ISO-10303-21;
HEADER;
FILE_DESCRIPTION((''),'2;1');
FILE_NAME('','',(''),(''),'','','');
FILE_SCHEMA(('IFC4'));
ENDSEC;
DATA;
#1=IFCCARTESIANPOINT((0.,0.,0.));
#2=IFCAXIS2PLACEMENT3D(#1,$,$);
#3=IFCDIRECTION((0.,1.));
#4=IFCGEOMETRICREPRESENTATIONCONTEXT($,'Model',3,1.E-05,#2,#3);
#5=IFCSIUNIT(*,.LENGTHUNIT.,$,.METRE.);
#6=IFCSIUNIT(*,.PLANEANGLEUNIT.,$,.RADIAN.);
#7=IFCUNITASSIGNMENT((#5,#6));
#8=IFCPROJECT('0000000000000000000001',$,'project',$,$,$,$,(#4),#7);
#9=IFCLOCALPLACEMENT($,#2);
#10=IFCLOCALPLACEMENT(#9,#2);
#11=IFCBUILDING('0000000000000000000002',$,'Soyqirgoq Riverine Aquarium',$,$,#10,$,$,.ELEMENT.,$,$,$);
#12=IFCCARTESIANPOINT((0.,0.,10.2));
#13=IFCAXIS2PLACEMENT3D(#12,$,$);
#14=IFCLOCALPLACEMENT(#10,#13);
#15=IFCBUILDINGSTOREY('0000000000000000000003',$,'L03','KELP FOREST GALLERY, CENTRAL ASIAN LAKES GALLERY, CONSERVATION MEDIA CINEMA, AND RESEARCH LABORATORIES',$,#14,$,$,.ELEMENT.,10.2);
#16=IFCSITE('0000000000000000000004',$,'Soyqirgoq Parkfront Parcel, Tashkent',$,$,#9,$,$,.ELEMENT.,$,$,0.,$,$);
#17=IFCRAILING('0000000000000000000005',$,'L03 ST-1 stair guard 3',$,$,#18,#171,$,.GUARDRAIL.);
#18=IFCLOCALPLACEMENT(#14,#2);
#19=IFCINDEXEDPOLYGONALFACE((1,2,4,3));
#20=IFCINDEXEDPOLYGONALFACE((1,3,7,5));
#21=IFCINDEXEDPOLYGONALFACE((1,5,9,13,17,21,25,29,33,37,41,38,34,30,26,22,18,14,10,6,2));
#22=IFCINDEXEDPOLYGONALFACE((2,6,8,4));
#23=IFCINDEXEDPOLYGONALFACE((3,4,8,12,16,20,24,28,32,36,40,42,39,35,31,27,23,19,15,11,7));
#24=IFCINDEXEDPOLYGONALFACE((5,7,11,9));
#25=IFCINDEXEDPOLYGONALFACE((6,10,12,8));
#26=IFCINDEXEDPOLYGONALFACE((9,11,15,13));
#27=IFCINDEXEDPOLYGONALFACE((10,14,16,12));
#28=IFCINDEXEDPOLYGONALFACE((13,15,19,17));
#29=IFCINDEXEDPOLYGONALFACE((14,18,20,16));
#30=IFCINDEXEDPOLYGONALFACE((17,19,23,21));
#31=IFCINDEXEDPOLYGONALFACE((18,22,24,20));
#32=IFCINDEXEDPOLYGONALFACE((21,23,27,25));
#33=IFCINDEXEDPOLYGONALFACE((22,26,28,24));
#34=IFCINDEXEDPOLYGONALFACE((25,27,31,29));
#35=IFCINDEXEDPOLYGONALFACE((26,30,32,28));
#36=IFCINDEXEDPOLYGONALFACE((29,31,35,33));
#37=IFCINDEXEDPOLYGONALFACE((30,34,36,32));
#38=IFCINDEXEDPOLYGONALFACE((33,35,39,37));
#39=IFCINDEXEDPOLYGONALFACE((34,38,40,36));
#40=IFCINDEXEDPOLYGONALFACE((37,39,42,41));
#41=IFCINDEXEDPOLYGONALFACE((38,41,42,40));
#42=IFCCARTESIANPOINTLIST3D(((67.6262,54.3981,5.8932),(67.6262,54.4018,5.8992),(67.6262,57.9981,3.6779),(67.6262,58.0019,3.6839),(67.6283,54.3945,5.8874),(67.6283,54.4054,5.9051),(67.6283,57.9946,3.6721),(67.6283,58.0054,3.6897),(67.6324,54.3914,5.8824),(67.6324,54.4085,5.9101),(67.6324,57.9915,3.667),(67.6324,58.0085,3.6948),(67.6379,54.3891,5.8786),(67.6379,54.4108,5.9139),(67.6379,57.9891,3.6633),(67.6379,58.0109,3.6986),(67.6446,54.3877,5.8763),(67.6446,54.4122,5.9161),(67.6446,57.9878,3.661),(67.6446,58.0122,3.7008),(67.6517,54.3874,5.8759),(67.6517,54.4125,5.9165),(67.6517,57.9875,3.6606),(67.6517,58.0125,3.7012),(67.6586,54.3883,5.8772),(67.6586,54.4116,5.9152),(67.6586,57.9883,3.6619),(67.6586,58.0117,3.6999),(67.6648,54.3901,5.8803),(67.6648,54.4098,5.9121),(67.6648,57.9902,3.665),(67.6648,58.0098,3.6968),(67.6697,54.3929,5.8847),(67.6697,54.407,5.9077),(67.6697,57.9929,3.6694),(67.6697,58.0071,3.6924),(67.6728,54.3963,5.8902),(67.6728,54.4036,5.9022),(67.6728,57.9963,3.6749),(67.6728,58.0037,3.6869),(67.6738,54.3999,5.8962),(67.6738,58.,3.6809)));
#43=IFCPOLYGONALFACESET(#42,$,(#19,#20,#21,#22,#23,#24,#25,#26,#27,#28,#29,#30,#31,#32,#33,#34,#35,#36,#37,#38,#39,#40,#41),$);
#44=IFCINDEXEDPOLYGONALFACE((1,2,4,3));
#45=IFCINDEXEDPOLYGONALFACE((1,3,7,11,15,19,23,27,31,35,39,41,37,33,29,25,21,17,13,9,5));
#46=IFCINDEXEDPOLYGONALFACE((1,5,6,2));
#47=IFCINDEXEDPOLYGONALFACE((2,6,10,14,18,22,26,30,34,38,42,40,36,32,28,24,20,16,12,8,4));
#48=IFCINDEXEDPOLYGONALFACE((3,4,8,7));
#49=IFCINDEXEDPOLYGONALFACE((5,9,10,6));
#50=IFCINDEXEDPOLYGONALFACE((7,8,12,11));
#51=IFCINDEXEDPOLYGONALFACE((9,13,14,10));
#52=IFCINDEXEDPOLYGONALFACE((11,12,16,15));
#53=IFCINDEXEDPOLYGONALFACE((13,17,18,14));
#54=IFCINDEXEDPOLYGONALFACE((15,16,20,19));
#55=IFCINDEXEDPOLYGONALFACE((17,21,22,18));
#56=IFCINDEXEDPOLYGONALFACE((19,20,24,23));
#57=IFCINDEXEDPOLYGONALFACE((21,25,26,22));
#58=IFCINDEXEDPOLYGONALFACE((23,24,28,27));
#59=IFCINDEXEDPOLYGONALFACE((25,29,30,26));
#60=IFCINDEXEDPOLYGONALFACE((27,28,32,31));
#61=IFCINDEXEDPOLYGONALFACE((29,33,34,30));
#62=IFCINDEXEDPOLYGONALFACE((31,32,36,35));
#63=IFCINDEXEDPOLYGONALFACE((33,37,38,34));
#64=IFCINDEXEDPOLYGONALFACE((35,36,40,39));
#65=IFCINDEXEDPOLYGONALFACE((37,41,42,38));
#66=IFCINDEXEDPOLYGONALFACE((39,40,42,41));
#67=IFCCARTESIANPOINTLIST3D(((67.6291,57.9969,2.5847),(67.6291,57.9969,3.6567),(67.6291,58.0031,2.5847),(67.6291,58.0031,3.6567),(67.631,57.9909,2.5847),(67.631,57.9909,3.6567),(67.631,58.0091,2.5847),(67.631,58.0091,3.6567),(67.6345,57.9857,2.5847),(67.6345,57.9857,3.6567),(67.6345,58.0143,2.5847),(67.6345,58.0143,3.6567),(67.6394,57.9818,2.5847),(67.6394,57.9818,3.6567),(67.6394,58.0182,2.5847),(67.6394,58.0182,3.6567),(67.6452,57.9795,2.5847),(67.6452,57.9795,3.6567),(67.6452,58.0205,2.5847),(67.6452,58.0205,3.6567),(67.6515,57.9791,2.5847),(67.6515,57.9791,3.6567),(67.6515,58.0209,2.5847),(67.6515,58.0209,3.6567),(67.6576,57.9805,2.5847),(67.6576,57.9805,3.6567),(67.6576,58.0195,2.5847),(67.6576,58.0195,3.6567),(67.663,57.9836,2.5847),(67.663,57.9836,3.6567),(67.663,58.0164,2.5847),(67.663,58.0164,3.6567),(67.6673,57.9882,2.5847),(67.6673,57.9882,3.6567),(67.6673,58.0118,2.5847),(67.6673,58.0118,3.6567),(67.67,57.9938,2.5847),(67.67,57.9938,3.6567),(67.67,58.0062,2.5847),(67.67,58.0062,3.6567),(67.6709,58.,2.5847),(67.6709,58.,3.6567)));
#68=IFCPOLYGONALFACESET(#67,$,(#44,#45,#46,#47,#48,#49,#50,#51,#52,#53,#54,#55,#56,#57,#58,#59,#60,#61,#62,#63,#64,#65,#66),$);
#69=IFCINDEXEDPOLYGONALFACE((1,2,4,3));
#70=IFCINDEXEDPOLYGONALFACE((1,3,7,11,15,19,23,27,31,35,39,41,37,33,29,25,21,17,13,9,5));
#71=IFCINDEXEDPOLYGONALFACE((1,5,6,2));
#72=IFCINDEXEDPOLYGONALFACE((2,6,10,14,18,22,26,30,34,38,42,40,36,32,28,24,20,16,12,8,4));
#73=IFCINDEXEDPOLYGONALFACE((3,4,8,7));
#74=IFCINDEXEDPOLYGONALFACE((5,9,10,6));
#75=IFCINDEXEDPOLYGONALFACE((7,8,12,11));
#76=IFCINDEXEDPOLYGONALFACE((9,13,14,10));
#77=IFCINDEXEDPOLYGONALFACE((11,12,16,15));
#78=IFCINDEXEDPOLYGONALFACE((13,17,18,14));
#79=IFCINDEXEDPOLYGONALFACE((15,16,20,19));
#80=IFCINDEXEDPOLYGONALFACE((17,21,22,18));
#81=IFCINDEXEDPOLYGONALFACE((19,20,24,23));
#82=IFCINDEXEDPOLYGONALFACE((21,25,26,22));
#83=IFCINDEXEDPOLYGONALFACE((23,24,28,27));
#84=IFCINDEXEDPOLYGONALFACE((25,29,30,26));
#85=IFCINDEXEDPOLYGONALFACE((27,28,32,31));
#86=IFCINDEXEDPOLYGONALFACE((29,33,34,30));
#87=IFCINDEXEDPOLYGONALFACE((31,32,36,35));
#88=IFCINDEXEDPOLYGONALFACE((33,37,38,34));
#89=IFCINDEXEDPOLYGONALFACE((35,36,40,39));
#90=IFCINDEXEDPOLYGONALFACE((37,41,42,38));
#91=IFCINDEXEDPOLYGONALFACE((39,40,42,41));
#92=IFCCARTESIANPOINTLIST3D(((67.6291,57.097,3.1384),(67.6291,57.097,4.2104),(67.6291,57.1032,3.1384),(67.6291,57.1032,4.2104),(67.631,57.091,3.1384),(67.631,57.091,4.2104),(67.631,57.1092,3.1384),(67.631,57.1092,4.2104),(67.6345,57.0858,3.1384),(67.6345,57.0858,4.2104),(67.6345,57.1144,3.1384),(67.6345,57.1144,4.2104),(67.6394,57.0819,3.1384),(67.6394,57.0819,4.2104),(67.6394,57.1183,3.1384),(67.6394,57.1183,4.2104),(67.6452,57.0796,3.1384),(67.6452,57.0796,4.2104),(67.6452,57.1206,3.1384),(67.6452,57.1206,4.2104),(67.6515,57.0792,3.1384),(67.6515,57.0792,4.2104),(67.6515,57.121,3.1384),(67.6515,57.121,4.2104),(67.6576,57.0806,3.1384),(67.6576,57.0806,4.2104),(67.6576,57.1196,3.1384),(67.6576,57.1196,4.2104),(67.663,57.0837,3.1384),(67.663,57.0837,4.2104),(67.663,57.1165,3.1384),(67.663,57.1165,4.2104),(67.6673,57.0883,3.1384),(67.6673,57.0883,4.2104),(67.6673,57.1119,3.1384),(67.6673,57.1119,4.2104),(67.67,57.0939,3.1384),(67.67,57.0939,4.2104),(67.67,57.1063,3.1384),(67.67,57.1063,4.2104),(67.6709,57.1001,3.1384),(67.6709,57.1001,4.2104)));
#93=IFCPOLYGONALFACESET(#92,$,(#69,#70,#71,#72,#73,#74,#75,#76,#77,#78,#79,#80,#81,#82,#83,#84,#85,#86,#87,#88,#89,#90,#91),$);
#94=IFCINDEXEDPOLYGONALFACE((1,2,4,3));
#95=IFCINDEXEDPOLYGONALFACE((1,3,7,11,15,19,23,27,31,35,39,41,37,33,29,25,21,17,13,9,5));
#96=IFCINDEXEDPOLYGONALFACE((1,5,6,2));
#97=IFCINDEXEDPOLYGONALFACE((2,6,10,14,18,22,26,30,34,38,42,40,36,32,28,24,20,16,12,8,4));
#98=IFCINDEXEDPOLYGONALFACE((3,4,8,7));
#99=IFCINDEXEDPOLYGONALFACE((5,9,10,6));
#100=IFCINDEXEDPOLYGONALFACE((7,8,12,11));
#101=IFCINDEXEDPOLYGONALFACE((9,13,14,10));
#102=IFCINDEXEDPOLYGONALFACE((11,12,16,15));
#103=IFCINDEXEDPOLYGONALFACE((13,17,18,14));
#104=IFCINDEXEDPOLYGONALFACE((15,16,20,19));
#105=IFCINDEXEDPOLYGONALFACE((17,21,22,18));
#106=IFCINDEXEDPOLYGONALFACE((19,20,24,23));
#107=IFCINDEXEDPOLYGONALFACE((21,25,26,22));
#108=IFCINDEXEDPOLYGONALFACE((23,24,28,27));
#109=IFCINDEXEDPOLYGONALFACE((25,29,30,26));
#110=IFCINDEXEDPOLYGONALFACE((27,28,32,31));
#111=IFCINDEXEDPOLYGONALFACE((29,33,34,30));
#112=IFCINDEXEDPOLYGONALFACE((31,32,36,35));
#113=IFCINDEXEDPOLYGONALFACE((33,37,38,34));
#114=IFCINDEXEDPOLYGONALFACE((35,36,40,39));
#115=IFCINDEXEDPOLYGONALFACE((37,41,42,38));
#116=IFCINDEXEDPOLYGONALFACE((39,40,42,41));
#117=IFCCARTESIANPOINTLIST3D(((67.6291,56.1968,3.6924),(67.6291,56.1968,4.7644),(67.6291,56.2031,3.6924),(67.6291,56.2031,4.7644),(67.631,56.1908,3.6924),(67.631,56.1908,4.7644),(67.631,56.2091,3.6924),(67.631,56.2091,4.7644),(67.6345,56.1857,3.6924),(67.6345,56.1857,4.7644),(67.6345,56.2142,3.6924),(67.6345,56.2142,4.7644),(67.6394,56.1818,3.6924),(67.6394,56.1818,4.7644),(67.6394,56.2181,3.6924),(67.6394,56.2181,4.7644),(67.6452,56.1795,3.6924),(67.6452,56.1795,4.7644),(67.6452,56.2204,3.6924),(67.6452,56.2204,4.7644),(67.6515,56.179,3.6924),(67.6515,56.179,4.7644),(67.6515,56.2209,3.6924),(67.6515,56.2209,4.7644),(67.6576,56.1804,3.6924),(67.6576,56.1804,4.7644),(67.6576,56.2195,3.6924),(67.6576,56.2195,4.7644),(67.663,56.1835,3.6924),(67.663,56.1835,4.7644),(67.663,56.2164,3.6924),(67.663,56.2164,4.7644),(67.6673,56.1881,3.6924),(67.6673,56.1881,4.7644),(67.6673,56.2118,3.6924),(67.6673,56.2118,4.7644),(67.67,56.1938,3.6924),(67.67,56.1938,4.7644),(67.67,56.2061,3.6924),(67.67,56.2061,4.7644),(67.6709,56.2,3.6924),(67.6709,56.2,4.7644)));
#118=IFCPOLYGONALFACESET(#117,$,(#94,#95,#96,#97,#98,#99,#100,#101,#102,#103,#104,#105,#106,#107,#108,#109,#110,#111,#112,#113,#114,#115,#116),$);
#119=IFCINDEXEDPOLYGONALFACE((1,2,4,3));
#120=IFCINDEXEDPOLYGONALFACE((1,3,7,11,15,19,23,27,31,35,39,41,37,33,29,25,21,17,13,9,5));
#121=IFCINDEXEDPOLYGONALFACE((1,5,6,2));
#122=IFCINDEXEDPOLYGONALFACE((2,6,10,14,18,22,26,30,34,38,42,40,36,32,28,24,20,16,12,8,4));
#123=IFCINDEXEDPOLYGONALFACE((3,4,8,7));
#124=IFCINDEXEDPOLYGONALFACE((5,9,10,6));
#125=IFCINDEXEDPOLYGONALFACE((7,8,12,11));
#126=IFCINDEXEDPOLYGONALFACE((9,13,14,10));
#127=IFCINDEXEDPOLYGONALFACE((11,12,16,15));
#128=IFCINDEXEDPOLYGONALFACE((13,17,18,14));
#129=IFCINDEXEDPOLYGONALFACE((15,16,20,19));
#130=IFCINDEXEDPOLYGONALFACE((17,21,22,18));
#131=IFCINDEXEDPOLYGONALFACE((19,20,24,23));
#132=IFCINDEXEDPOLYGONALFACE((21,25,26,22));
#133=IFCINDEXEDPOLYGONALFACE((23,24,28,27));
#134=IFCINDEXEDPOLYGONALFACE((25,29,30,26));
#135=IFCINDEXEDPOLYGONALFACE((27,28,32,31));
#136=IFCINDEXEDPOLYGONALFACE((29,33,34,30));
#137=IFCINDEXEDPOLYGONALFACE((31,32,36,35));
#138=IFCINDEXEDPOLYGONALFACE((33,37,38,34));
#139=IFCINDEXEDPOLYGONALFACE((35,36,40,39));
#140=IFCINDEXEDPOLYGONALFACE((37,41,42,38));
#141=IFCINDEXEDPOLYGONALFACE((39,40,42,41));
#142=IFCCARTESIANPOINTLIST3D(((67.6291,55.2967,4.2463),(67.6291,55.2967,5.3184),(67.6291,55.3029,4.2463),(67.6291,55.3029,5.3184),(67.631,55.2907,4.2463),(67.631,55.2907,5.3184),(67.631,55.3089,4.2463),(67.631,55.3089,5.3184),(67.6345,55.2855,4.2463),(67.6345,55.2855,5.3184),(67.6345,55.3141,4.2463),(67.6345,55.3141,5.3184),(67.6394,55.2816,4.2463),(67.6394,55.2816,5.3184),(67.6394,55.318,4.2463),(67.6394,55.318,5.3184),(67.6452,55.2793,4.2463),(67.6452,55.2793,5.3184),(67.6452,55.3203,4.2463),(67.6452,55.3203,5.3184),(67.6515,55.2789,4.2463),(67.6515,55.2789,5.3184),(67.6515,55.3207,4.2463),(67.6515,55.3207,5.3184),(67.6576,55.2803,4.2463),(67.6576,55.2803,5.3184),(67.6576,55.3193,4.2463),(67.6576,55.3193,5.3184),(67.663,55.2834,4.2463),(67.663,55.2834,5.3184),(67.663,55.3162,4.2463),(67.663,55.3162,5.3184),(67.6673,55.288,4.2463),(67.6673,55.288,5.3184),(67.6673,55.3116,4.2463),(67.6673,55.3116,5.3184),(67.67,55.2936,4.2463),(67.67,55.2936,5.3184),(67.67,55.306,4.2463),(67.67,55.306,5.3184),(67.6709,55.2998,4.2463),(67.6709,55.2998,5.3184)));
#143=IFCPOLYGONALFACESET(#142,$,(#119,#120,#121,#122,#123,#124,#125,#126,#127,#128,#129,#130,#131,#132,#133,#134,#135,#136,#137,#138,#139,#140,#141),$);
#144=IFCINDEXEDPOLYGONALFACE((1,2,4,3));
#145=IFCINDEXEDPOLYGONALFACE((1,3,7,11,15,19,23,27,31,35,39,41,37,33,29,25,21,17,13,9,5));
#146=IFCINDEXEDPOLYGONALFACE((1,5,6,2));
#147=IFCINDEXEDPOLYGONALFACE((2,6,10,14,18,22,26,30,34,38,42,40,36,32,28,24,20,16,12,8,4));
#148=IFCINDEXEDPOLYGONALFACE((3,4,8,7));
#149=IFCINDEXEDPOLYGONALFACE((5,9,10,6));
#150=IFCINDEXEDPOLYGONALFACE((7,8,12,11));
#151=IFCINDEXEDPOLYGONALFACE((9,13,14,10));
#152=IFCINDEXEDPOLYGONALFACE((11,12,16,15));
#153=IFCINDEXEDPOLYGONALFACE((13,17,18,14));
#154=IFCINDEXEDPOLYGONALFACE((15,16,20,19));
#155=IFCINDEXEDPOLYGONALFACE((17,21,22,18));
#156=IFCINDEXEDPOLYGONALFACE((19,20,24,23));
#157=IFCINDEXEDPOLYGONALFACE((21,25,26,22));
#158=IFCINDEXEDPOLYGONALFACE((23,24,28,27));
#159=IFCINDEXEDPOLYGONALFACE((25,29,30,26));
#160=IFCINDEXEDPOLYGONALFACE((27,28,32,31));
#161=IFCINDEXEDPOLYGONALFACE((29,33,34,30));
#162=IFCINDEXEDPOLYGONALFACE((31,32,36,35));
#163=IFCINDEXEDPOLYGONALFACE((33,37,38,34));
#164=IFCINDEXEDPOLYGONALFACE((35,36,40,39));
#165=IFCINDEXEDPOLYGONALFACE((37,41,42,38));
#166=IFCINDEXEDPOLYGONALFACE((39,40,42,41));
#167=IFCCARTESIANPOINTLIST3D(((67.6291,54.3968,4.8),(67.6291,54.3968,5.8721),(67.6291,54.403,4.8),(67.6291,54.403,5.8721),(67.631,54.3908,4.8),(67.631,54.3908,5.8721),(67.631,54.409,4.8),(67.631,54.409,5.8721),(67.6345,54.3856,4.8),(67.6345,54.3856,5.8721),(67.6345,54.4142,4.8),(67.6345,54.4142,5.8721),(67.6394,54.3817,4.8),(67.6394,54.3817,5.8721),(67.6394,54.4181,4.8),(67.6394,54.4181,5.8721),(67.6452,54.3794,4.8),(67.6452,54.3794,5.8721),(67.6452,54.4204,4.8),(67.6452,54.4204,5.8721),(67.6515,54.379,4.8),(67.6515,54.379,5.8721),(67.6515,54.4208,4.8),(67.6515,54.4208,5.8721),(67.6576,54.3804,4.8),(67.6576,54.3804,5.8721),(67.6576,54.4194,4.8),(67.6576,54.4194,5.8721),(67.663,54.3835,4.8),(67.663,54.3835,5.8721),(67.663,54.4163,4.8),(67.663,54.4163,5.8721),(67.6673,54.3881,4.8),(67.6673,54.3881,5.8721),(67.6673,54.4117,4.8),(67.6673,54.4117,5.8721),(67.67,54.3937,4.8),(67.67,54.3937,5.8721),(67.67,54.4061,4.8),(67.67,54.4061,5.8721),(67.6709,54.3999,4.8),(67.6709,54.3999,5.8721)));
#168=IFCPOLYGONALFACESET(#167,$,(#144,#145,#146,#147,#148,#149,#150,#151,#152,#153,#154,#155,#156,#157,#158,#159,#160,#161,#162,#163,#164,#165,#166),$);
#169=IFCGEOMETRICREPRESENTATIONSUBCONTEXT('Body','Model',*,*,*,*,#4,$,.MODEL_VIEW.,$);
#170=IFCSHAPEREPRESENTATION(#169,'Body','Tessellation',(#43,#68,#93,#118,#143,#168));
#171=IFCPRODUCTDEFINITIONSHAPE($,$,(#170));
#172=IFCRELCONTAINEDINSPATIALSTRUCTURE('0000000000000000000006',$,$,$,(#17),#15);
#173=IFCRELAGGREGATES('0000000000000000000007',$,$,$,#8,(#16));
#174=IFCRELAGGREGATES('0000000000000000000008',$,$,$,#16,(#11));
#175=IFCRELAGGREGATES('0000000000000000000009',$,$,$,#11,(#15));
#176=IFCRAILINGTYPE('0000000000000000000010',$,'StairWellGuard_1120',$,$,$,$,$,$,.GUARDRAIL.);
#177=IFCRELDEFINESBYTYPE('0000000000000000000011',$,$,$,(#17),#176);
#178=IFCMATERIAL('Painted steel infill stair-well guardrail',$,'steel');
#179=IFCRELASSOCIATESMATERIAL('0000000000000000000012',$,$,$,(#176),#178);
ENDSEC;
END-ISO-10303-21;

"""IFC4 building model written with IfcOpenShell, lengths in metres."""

from ifc_helpers import new_model, si_unit, direction, frame, origin, origin_2d, place, context, subcontext, project, spatial, circle, extrude, material, type_object, element, save


model = new_model("IFC4")

# Units and contexts
model_context = context("Model", 3, precision=1e-05, world=origin(), true_north=direction((0.0, 1.0)))
body_context = subcontext(model_context, "Body", "Model", "MODEL_VIEW")
ifc_project = project(units=[si_unit("LENGTHUNIT", "METRE"), si_unit("PLANEANGLEUNIT", "RADIAN")], contexts=[model_context])

# Site, building, storey
site_placement = place(None, origin())
site = spatial("IfcSite", under=ifc_project, at=site_placement, Name="Soyqirgoq Parkfront Parcel, Tashkent", CompositionType="ELEMENT", RefElevation=0.0)
building_placement = place(site_placement, origin())
building = spatial("IfcBuilding", under=site, at=building_placement, Name="Soyqirgoq Riverine Aquarium", CompositionType="ELEMENT")
storey_placement = place(building_placement, frame((0.0, 0.0, 10.2)))
storey = spatial("IfcBuildingStorey", under=building, at=storey_placement, Name="L03", Description="KELP FOREST GALLERY, CENTRAL ASIAN LAKES GALLERY, CONSERVATION MEDIA CINEMA, AND RESEARCH LABORATORIES", CompositionType="ELEMENT", Elevation=10.2)

# Railing
ifc_material_1 = material(Name="Painted steel infill stair-well guardrail", Category="steel")
railing_type_1 = type_object("IfcRailingType", Name="StairWellGuard_1120", PredefinedType="GUARDRAIL", material=ifc_material_1)
railing_1_placement = place(storey_placement, frame((67.6499, 58.0, 2.5847)))
element("IfcRailing", 1, at=railing_1_placement, inside=storey, type_object=railing_type_1, Name="L03 ST-1 stair guard 3", PredefinedType="GUARDRAIL", context=body_context, shape_type="SweptSolid", body=[
    extrude(circle(Radius=0.0239, at=origin_2d()), frame((0.0, 0.0, 1.0962), z_axis=(0.0, -0.85167, 0.524078), x_axis=(1.0, 0.0, 0.0)), (0.0, 0.0, 1.0), 4.2271),
    extrude(circle(Radius=0.021, at=origin_2d()), origin(), (0.0, 0.0, 1.0), 1.072),
    extrude(circle(Radius=0.021, at=origin_2d()), frame((0.0, -0.8999, 0.5537)), (0.0, 0.0, 1.0), 1.072),
    extrude(circle(Radius=0.021, at=origin_2d()), frame((0.0, -1.8, 1.1077)), (0.0, 0.0, 1.0), 1.072),
    extrude(circle(Radius=0.021, at=origin_2d()), frame((0.0, -2.7002, 1.6616)), (0.0, 0.0, 1.0), 1.072),
    extrude(circle(Radius=0.021, at=origin_2d()), frame((0.0, -3.6001, 2.2153)), (0.0, 0.0, 1.0), 1.072),
])

save(model, "model.ifc")
